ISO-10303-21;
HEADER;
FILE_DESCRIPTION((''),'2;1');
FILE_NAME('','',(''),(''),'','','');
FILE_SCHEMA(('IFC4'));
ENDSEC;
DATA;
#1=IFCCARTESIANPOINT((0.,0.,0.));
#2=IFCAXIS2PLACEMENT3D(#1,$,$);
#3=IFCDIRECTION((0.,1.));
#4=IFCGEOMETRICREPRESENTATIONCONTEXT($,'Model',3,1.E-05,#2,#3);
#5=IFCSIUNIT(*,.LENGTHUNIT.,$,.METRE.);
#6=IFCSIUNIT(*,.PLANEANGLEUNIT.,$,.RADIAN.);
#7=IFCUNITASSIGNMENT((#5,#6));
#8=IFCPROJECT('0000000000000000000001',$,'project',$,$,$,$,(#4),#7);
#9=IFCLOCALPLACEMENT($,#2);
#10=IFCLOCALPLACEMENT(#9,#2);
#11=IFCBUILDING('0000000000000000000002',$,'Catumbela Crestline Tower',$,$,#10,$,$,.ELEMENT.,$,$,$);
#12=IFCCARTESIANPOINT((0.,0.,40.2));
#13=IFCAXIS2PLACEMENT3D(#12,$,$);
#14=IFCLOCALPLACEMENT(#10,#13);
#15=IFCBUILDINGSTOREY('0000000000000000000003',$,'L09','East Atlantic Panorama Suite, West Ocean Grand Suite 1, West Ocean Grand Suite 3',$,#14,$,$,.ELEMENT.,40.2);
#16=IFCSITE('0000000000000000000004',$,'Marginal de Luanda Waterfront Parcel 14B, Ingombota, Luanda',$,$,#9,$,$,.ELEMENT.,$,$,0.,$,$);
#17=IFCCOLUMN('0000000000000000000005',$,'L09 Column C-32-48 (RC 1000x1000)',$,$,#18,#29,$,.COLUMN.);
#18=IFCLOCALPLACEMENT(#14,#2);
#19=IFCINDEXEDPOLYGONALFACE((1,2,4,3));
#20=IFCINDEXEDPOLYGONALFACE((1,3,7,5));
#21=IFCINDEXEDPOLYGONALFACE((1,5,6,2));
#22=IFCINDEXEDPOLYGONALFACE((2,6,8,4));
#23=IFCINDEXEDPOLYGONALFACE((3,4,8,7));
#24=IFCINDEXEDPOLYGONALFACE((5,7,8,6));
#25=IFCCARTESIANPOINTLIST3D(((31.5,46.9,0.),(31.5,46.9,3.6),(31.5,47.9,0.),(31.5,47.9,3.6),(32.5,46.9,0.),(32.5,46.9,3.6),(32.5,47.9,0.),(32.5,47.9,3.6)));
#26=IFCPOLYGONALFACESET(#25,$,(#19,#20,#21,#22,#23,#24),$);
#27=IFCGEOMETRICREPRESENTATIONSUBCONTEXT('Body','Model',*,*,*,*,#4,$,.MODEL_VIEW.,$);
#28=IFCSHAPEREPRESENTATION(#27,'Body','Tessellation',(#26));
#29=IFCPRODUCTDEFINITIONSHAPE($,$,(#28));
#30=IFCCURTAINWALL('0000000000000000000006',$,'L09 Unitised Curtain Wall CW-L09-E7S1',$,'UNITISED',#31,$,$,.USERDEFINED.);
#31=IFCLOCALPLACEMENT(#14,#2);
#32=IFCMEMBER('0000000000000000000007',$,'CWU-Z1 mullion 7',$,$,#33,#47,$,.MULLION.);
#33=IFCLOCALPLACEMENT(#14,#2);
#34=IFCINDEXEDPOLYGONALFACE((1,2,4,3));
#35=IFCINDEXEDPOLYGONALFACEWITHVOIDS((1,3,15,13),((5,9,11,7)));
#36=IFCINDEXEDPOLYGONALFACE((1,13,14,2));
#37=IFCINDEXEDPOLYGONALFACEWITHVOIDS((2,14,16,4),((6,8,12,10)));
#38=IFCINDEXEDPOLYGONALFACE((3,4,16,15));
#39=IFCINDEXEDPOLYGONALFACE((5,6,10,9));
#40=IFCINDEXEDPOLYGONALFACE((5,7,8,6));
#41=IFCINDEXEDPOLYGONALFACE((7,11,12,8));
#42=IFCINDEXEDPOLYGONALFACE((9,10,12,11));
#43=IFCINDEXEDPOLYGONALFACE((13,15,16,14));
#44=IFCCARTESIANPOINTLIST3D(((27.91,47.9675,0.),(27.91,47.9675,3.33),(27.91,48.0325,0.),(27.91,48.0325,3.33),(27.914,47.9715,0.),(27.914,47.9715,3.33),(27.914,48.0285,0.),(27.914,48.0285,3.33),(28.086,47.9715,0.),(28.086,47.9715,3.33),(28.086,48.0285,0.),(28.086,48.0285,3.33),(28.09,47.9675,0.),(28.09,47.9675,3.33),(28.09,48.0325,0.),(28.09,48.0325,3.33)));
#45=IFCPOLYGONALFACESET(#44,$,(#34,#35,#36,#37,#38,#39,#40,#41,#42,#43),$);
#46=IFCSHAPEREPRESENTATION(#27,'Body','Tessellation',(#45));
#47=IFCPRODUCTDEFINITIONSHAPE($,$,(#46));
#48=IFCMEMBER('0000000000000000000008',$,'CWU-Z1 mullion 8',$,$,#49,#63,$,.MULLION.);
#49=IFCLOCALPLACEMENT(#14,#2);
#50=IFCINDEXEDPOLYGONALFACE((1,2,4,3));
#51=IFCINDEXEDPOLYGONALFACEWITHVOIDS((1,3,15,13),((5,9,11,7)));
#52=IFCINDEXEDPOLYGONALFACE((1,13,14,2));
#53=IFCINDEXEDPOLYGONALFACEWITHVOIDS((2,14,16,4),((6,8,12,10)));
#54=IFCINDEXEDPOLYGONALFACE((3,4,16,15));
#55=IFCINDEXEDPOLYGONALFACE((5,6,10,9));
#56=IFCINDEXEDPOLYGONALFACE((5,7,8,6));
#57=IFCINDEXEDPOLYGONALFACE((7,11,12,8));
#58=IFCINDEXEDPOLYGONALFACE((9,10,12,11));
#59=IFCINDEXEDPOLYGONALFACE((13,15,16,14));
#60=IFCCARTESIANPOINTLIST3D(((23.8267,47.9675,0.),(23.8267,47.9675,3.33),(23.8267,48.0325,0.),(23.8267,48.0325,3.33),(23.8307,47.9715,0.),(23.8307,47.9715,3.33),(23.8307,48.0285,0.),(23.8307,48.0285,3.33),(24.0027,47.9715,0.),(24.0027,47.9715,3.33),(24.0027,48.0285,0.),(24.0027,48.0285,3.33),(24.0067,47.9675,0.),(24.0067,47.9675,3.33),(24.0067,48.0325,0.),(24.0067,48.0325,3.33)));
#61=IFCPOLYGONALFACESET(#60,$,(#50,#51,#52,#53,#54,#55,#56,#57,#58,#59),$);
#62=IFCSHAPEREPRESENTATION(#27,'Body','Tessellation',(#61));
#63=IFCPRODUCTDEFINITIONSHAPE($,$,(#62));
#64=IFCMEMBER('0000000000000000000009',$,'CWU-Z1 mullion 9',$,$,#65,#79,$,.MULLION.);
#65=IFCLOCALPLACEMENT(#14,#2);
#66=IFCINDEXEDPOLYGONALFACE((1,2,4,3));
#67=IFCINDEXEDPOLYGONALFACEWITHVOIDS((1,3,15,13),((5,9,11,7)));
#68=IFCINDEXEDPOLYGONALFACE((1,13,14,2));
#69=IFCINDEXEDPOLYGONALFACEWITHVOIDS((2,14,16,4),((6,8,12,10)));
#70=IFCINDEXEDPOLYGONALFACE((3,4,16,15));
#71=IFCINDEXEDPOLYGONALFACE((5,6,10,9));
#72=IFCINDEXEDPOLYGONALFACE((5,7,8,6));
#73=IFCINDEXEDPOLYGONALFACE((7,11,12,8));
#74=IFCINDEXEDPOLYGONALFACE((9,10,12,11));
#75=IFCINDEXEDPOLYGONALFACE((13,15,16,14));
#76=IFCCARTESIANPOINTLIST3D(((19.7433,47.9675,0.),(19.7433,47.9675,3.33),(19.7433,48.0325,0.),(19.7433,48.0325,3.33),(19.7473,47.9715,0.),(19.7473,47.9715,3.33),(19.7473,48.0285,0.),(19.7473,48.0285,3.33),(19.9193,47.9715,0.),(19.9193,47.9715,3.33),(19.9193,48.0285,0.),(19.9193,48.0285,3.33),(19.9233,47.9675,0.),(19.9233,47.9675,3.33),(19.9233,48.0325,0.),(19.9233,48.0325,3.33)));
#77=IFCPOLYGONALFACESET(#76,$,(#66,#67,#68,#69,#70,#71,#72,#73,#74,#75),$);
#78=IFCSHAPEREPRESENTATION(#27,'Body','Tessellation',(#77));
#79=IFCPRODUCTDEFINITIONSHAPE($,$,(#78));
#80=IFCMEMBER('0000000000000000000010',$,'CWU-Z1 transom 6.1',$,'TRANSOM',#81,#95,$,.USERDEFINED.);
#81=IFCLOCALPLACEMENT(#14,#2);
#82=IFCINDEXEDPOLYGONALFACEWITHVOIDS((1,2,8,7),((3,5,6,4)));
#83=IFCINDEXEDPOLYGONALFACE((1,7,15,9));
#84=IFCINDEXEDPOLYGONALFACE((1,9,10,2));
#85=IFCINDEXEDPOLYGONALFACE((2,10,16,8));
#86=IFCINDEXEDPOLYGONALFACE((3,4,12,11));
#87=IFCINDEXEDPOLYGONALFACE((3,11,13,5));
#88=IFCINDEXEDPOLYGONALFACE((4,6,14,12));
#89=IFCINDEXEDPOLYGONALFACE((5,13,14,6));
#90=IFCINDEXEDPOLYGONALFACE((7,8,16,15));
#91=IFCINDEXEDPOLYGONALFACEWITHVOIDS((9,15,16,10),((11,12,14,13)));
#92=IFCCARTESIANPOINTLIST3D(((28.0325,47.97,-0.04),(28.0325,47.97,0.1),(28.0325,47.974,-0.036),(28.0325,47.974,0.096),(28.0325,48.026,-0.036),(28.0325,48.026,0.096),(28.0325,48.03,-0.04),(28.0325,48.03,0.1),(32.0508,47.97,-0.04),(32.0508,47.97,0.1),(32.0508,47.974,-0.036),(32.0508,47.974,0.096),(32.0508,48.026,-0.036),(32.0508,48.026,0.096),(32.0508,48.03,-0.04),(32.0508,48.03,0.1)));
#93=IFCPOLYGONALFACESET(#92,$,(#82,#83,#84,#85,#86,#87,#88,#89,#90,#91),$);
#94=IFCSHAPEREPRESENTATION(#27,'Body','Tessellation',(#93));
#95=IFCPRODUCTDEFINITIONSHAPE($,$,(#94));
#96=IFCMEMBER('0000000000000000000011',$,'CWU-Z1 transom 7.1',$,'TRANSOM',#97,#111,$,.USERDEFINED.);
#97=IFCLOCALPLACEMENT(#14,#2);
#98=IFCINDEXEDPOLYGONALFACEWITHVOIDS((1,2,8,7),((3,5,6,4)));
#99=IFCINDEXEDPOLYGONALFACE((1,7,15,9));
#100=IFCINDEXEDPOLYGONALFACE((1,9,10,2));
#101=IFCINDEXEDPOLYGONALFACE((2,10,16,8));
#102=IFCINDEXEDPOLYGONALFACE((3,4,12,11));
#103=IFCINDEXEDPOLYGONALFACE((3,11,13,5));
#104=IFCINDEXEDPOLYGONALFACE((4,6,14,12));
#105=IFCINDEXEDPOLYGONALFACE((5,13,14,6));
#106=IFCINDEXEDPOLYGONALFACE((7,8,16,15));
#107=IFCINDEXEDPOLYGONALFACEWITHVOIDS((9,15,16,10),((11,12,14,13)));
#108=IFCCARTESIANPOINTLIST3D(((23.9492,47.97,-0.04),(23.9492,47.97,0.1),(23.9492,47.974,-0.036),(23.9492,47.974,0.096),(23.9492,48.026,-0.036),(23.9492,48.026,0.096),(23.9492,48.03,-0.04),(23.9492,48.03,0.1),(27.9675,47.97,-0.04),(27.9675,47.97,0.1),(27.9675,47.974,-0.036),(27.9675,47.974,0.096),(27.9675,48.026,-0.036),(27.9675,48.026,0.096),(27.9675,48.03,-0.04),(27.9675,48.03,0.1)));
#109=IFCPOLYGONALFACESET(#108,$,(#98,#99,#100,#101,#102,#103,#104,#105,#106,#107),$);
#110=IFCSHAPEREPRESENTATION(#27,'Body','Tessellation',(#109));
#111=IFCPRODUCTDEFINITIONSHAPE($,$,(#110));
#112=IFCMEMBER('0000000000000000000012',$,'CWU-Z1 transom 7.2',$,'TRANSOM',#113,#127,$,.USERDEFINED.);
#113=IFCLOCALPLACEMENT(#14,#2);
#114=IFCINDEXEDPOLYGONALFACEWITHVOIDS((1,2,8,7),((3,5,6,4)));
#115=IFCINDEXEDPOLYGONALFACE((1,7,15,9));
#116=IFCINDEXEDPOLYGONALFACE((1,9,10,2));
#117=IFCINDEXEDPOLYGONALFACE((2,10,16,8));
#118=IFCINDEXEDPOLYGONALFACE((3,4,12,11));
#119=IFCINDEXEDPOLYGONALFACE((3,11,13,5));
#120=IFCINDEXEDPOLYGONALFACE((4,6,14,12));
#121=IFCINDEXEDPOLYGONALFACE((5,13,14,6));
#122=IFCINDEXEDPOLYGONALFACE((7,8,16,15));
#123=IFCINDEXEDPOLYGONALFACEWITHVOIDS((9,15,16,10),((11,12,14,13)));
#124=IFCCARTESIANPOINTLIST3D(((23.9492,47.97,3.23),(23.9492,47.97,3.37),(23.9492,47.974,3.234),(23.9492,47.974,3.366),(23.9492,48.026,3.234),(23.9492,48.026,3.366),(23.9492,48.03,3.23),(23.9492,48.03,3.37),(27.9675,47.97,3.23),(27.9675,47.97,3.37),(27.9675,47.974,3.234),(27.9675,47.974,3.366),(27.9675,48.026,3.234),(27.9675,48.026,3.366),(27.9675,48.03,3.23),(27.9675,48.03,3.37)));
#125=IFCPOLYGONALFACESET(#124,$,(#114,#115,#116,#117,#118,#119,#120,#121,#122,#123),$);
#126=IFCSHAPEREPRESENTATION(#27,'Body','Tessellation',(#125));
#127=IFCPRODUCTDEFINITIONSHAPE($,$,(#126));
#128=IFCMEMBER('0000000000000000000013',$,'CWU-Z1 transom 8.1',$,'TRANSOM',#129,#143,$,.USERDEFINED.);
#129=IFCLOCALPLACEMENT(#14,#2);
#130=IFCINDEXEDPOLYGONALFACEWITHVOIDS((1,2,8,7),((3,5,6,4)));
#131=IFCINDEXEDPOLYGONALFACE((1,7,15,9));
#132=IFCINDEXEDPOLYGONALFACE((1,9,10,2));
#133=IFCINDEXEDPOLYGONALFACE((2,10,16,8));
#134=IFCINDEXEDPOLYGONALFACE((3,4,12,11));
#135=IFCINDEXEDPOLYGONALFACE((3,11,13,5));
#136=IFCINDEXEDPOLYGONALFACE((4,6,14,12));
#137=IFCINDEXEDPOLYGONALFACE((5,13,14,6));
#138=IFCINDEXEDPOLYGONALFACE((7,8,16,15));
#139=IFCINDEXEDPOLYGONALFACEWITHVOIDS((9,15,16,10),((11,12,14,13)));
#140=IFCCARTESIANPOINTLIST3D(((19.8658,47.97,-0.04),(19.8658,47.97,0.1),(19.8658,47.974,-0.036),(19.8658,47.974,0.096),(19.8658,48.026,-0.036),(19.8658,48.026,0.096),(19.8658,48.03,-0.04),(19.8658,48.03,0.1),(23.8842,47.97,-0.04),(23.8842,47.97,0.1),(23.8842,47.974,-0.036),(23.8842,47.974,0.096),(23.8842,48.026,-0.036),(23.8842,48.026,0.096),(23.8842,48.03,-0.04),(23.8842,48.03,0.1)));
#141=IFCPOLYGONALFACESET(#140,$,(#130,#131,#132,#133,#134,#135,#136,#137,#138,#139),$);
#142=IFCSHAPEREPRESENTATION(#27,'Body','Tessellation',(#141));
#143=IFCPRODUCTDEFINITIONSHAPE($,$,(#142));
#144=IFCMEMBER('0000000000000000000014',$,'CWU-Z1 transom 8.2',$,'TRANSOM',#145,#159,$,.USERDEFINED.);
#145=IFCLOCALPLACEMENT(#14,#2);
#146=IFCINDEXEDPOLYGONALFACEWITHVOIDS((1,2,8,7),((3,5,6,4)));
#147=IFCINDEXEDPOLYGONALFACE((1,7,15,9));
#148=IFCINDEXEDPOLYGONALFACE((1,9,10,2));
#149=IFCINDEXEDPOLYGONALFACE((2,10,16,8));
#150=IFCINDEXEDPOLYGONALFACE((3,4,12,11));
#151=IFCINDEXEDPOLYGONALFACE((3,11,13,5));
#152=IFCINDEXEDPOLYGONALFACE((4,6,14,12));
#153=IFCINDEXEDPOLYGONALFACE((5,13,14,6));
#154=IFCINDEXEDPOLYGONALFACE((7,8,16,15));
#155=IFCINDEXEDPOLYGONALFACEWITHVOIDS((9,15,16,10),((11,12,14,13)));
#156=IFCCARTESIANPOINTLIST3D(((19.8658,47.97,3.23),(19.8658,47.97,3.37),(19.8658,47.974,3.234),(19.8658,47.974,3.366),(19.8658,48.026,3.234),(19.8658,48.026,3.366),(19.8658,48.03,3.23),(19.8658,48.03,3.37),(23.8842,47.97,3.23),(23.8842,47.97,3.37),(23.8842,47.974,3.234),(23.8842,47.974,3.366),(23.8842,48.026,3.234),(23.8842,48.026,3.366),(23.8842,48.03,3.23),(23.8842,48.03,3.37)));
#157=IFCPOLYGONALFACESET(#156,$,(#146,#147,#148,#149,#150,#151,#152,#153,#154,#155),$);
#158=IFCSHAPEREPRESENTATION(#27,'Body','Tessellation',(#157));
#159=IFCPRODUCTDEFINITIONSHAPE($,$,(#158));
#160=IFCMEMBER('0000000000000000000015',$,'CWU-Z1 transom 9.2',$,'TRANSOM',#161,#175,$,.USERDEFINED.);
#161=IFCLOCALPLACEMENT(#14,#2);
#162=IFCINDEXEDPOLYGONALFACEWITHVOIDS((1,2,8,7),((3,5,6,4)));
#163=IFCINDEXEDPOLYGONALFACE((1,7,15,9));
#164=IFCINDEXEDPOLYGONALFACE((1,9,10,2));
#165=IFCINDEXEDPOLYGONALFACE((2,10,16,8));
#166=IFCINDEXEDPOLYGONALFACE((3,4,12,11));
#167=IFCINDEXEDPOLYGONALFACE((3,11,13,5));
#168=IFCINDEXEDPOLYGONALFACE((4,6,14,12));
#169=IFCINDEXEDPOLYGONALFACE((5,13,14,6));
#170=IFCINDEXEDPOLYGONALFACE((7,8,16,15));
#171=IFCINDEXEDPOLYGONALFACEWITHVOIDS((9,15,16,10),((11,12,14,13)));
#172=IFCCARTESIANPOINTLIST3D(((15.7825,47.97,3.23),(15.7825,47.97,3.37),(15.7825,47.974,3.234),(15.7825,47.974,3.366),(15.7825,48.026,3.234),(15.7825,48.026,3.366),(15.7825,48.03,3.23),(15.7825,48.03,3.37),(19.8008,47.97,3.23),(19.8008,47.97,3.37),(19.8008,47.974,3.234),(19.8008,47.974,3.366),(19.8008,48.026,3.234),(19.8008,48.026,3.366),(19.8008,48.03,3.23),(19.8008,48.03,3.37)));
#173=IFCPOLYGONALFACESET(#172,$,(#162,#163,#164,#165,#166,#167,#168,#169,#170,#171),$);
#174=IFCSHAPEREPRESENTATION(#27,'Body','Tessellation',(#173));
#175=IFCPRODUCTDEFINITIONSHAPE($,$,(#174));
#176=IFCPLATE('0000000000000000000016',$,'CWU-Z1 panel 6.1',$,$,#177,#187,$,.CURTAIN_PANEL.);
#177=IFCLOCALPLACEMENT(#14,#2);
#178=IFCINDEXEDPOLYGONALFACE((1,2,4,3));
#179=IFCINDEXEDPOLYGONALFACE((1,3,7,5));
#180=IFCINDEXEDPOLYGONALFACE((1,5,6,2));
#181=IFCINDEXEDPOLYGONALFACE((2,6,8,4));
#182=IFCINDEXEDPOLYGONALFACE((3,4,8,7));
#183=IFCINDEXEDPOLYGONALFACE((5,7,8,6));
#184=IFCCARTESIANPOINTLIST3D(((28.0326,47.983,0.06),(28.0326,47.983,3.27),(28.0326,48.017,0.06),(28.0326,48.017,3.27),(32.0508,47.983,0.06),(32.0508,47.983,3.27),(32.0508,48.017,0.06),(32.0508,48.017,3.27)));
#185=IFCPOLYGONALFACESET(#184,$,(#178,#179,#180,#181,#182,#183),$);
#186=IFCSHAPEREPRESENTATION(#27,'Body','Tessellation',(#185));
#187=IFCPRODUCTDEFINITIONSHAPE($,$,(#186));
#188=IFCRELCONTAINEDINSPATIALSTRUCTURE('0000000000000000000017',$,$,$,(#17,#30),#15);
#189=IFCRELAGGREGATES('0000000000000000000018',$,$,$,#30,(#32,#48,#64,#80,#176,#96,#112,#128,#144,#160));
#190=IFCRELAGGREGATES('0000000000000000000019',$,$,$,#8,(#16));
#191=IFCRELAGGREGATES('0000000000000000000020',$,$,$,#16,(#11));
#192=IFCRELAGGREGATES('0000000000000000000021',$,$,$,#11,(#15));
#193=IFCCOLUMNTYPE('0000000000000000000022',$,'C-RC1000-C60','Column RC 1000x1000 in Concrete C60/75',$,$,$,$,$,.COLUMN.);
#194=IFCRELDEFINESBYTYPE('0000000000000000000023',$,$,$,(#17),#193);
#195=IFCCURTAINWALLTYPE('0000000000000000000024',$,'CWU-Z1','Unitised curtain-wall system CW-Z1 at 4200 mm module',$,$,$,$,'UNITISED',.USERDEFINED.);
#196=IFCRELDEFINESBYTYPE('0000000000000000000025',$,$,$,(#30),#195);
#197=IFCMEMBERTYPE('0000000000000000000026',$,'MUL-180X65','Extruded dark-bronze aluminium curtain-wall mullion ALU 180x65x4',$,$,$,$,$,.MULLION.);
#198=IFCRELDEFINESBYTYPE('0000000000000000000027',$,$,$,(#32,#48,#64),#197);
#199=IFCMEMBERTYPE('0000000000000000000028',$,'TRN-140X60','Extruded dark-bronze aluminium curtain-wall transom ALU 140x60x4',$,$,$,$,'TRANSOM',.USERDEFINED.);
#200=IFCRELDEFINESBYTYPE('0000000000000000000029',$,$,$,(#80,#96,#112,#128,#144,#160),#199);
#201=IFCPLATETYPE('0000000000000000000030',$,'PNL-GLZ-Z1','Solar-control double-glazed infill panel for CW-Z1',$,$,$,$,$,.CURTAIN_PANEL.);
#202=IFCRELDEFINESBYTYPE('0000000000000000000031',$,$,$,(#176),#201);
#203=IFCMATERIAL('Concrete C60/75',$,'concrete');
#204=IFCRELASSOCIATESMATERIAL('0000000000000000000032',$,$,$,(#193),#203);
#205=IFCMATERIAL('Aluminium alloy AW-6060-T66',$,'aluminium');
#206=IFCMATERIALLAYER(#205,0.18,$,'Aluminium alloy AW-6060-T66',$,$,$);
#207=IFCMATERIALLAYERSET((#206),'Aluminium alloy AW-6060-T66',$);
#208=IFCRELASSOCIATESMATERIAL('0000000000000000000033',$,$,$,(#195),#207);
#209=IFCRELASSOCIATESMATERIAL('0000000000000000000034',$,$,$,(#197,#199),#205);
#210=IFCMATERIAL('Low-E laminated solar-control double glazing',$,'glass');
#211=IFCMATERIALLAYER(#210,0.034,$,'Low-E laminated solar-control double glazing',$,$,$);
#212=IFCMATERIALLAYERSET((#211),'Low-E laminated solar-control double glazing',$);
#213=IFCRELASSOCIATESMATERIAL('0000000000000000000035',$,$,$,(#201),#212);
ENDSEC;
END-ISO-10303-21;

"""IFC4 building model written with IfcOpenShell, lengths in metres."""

from ifc_helpers import new_model, si_unit, direction, frame, origin, origin_2d, place, context, subcontext, project, spatial, rectangle, hollow_rectangle, extrude, material, layer, layer_set, material_profile, profile_set, type_object, element, aggregate, save


model = new_model("IFC4")

# Units and contexts
model_context = context("Model", 3, precision=1e-05, world=origin(), true_north=direction((0.0, 1.0)))
body_context = subcontext(model_context, "Body", "Model", "MODEL_VIEW")
ifc_project = project(units=[si_unit("LENGTHUNIT", "METRE"), si_unit("PLANEANGLEUNIT", "RADIAN")], contexts=[model_context])

# Site, building, storey
site_placement = place(None, origin())
site = spatial("IfcSite", under=ifc_project, at=site_placement, Name="Marginal de Luanda Waterfront Parcel 14B, Ingombota, Luanda", CompositionType="ELEMENT", RefElevation=0.0)
building_placement = place(site_placement, origin())
building = spatial("IfcBuilding", under=site, at=building_placement, Name="Catumbela Crestline Tower", CompositionType="ELEMENT")
storey_placement = place(building_placement, frame((0.0, 0.0, 40.2)))
storey = spatial("IfcBuildingStorey", under=building, at=storey_placement, Name="L09", Description="East Atlantic Panorama Suite, West Ocean Grand Suite 1, West Ocean Grand Suite 3", CompositionType="ELEMENT", Elevation=40.2)

# Column
ifc_material_1 = material(Name="Concrete C60/75", Category="concrete")
ifc_material_profile_1 = material_profile(ifc_material_1, rectangle(XDim=1.0, YDim=1.0, at=origin_2d()), Name="RC 1000x1000")
ifc_profile_set_1 = profile_set([ifc_material_profile_1], Name="Concrete C60/75")
column_type = type_object("IfcColumnType", Name="C-RC1000-C60", Description="Column RC 1000x1000 in Concrete C60/75", PredefinedType="COLUMN", material=ifc_profile_set_1)
column_placement = place(storey_placement, frame((32.0, 47.4, 0.0), z_axis=(0.0, 0.0, 1.0), x_axis=(1.0, 0.0, 0.0)))
element("IfcColumn", 1, at=column_placement, inside=storey, type_object=column_type, Name="L09 Column C-32-48 (RC 1000x1000)", PredefinedType="COLUMN", context=body_context, shape_type="SweptSolid", body=[
    extrude(rectangle(XDim=1.0, YDim=1.0, at=origin_2d()), origin(), (0.0, 0.0, 1.0), 3.6),
])

# Curtain wall, members, plate
ifc_material_2 = material(Name="Aluminium alloy AW-6060-T66", Category="aluminium")
ifc_layer_1 = layer(ifc_material_2, 0.18, Name="Aluminium alloy AW-6060-T66")
ifc_layer_set_1 = layer_set([ifc_layer_1], Name="Aluminium alloy AW-6060-T66")
curtain_wall_type = type_object("IfcCurtainWallType", Name="CWU-Z1", Description="Unitised curtain-wall system CW-Z1 at 4200 mm module", ElementType="UNITISED", PredefinedType="USERDEFINED", material=ifc_layer_set_1)
curtain_wall_placement = place(storey_placement, origin())
curtain_wall = element("IfcCurtainWall", 2, at=curtain_wall_placement, inside=storey, type_object=curtain_wall_type, Name="L09 Unitised Curtain Wall CW-L09-E7S1", ObjectType="UNITISED", PredefinedType="USERDEFINED")
ifc_material_profile_2 = material_profile(ifc_material_2, hollow_rectangle(XDim=0.065, YDim=0.18, WallThickness=0.004, at=origin_2d()), Name="ALU 180x65x4")
ifc_profile_set_2 = profile_set([ifc_material_profile_2], Name="Aluminium alloy AW-6060-T66")
member_type_1 = type_object("IfcMemberType", Name="MUL-180X65", Description="Extruded dark-bronze aluminium curtain-wall mullion ALU 180x65x4", PredefinedType="MULLION", material=ifc_profile_set_2)
member_1_placement = place(storey_placement, frame((28.0, 48.0, 0.0), z_axis=(0.0, 0.0, 1.0), x_axis=(0.0, -1.0, 0.0)))
member_1 = element("IfcMember", 3, at=member_1_placement, type_object=member_type_1, Name="CWU-Z1 mullion 7", PredefinedType="MULLION", context=body_context, shape_type="SweptSolid", body=[
    extrude(hollow_rectangle(XDim=0.065, YDim=0.18, WallThickness=0.004, at=origin_2d()), origin(), (0.0, 0.0, 1.0), 3.33),
])
member_2_placement = place(storey_placement, frame((23.9167, 48.0, 0.0), z_axis=(0.0, 0.0, 1.0), x_axis=(0.0, -1.0, 0.0)))
member_2 = element("IfcMember", 4, at=member_2_placement, type_object=member_type_1, Name="CWU-Z1 mullion 8", PredefinedType="MULLION", context=body_context, shape_type="SweptSolid", body=[
    extrude(hollow_rectangle(XDim=0.065, YDim=0.18, WallThickness=0.004, at=origin_2d()), origin(), (0.0, 0.0, 1.0), 3.33),
])
member_3_placement = place(storey_placement, frame((19.8333, 48.0, 0.0), z_axis=(0.0, 0.0, 1.0), x_axis=(0.0, -1.0, 0.0)))
member_3 = element("IfcMember", 5, at=member_3_placement, type_object=member_type_1, Name="CWU-Z1 mullion 9", PredefinedType="MULLION", context=body_context, shape_type="SweptSolid", body=[
    extrude(hollow_rectangle(XDim=0.065, YDim=0.18, WallThickness=0.004, at=origin_2d()), origin(), (0.0, 0.0, 1.0), 3.33),
])
ifc_material_profile_3 = material_profile(ifc_material_2, hollow_rectangle(XDim=0.06, YDim=0.14, WallThickness=0.004, at=origin_2d()), Name="ALU 140x60x4")
ifc_profile_set_3 = profile_set([ifc_material_profile_3], Name="Aluminium alloy AW-6060-T66")
member_type_2 = type_object("IfcMemberType", Name="TRN-140X60", Description="Extruded dark-bronze aluminium curtain-wall transom ALU 140x60x4", ElementType="TRANSOM", PredefinedType="USERDEFINED", material=ifc_profile_set_3)
member_4_placement = place(storey_placement, frame((32.0508, 48.0, 0.03), z_axis=(-1.0, 0.0, 0.0), x_axis=(0.0, -1.0, 0.0)))
member_4 = element("IfcMember", 6, at=member_4_placement, type_object=member_type_2, Name="CWU-Z1 transom 6.1", ObjectType="TRANSOM", PredefinedType="USERDEFINED", context=body_context, shape_type="SweptSolid", body=[
    extrude(hollow_rectangle(XDim=0.06, YDim=0.14, WallThickness=0.004, at=origin_2d()), origin(), (0.0, 0.0, 1.0), 4.0183),
])
member_5_placement = place(storey_placement, frame((27.9675, 48.0, 0.03), z_axis=(-1.0, 0.0, 0.0), x_axis=(0.0, -1.0, 0.0)))
member_5 = element("IfcMember", 7, at=member_5_placement, type_object=member_type_2, Name="CWU-Z1 transom 7.1", ObjectType="TRANSOM", PredefinedType="USERDEFINED", context=body_context, shape_type="SweptSolid", body=[
    extrude(hollow_rectangle(XDim=0.06, YDim=0.14, WallThickness=0.004, at=origin_2d()), origin(), (0.0, 0.0, 1.0), 4.0183),
])
member_6_placement = place(storey_placement, frame((27.9675, 48.0, 3.3), z_axis=(-1.0, 0.0, 0.0), x_axis=(0.0, -1.0, 0.0)))
member_6 = element("IfcMember", 8, at=member_6_placement, type_object=member_type_2, Name="CWU-Z1 transom 7.2", ObjectType="TRANSOM", PredefinedType="USERDEFINED", context=body_context, shape_type="SweptSolid", body=[
    extrude(hollow_rectangle(XDim=0.06, YDim=0.14, WallThickness=0.004, at=origin_2d()), origin(), (0.0, 0.0, 1.0), 4.0183),
])
member_7_placement = place(storey_placement, frame((23.8842, 48.0, 0.03), z_axis=(-1.0, 0.0, 0.0), x_axis=(0.0, -1.0, 0.0)))
member_7 = element("IfcMember", 9, at=member_7_placement, type_object=member_type_2, Name="CWU-Z1 transom 8.1", ObjectType="TRANSOM", PredefinedType="USERDEFINED", context=body_context, shape_type="SweptSolid", body=[
    extrude(hollow_rectangle(XDim=0.06, YDim=0.14, WallThickness=0.004, at=origin_2d()), origin(), (0.0, 0.0, 1.0), 4.0184),
])
member_8_placement = place(storey_placement, frame((23.8842, 48.0, 3.3), z_axis=(-1.0, 0.0, 0.0), x_axis=(0.0, -1.0, 0.0)))
member_8 = element("IfcMember", 10, at=member_8_placement, type_object=member_type_2, Name="CWU-Z1 transom 8.2", ObjectType="TRANSOM", PredefinedType="USERDEFINED", context=body_context, shape_type="SweptSolid", body=[
    extrude(hollow_rectangle(XDim=0.06, YDim=0.14, WallThickness=0.004, at=origin_2d()), origin(), (0.0, 0.0, 1.0), 4.0184),
])
member_9_placement = place(storey_placement, frame((19.8008, 48.0, 3.3), z_axis=(-1.0, 0.0, 0.0), x_axis=(0.0, -1.0, 0.0)))
member_9 = element("IfcMember", 11, at=member_9_placement, type_object=member_type_2, Name="CWU-Z1 transom 9.2", ObjectType="TRANSOM", PredefinedType="USERDEFINED", context=body_context, shape_type="SweptSolid", body=[
    extrude(hollow_rectangle(XDim=0.06, YDim=0.14, WallThickness=0.004, at=origin_2d()), origin(), (0.0, 0.0, 1.0), 4.0183),
])
ifc_material_3 = material(Name="Low-E laminated solar-control double glazing", Category="glass")
ifc_layer_2 = layer(ifc_material_3, 0.034, Name="Low-E laminated solar-control double glazing")
ifc_layer_set_2 = layer_set([ifc_layer_2], Name="Low-E laminated solar-control double glazing")
plate_type = type_object("IfcPlateType", Name="PNL-GLZ-Z1", Description="Solar-control double-glazed infill panel for CW-Z1", PredefinedType="CURTAIN_PANEL", material=ifc_layer_set_2)
plate_1_placement = place(storey_placement, frame((30.0417, 48.0, 0.06), z_axis=(0.0, 0.0, 1.0), x_axis=(-1.0, 0.0, 0.0)))
plate_1 = element("IfcPlate", 12, at=plate_1_placement, type_object=plate_type, Name="CWU-Z1 panel 6.1", PredefinedType="CURTAIN_PANEL", context=body_context, shape_type="SweptSolid", body=[
    extrude(rectangle(XDim=4.0183, YDim=0.034, at=origin_2d()), origin(), (0.0, 0.0, 1.0), 3.21),
])
aggregate(curtain_wall, [member_1, member_2, member_3, member_4, plate_1, member_5, member_6, member_7, member_8, member_9])

save(model, "model.ifc")
